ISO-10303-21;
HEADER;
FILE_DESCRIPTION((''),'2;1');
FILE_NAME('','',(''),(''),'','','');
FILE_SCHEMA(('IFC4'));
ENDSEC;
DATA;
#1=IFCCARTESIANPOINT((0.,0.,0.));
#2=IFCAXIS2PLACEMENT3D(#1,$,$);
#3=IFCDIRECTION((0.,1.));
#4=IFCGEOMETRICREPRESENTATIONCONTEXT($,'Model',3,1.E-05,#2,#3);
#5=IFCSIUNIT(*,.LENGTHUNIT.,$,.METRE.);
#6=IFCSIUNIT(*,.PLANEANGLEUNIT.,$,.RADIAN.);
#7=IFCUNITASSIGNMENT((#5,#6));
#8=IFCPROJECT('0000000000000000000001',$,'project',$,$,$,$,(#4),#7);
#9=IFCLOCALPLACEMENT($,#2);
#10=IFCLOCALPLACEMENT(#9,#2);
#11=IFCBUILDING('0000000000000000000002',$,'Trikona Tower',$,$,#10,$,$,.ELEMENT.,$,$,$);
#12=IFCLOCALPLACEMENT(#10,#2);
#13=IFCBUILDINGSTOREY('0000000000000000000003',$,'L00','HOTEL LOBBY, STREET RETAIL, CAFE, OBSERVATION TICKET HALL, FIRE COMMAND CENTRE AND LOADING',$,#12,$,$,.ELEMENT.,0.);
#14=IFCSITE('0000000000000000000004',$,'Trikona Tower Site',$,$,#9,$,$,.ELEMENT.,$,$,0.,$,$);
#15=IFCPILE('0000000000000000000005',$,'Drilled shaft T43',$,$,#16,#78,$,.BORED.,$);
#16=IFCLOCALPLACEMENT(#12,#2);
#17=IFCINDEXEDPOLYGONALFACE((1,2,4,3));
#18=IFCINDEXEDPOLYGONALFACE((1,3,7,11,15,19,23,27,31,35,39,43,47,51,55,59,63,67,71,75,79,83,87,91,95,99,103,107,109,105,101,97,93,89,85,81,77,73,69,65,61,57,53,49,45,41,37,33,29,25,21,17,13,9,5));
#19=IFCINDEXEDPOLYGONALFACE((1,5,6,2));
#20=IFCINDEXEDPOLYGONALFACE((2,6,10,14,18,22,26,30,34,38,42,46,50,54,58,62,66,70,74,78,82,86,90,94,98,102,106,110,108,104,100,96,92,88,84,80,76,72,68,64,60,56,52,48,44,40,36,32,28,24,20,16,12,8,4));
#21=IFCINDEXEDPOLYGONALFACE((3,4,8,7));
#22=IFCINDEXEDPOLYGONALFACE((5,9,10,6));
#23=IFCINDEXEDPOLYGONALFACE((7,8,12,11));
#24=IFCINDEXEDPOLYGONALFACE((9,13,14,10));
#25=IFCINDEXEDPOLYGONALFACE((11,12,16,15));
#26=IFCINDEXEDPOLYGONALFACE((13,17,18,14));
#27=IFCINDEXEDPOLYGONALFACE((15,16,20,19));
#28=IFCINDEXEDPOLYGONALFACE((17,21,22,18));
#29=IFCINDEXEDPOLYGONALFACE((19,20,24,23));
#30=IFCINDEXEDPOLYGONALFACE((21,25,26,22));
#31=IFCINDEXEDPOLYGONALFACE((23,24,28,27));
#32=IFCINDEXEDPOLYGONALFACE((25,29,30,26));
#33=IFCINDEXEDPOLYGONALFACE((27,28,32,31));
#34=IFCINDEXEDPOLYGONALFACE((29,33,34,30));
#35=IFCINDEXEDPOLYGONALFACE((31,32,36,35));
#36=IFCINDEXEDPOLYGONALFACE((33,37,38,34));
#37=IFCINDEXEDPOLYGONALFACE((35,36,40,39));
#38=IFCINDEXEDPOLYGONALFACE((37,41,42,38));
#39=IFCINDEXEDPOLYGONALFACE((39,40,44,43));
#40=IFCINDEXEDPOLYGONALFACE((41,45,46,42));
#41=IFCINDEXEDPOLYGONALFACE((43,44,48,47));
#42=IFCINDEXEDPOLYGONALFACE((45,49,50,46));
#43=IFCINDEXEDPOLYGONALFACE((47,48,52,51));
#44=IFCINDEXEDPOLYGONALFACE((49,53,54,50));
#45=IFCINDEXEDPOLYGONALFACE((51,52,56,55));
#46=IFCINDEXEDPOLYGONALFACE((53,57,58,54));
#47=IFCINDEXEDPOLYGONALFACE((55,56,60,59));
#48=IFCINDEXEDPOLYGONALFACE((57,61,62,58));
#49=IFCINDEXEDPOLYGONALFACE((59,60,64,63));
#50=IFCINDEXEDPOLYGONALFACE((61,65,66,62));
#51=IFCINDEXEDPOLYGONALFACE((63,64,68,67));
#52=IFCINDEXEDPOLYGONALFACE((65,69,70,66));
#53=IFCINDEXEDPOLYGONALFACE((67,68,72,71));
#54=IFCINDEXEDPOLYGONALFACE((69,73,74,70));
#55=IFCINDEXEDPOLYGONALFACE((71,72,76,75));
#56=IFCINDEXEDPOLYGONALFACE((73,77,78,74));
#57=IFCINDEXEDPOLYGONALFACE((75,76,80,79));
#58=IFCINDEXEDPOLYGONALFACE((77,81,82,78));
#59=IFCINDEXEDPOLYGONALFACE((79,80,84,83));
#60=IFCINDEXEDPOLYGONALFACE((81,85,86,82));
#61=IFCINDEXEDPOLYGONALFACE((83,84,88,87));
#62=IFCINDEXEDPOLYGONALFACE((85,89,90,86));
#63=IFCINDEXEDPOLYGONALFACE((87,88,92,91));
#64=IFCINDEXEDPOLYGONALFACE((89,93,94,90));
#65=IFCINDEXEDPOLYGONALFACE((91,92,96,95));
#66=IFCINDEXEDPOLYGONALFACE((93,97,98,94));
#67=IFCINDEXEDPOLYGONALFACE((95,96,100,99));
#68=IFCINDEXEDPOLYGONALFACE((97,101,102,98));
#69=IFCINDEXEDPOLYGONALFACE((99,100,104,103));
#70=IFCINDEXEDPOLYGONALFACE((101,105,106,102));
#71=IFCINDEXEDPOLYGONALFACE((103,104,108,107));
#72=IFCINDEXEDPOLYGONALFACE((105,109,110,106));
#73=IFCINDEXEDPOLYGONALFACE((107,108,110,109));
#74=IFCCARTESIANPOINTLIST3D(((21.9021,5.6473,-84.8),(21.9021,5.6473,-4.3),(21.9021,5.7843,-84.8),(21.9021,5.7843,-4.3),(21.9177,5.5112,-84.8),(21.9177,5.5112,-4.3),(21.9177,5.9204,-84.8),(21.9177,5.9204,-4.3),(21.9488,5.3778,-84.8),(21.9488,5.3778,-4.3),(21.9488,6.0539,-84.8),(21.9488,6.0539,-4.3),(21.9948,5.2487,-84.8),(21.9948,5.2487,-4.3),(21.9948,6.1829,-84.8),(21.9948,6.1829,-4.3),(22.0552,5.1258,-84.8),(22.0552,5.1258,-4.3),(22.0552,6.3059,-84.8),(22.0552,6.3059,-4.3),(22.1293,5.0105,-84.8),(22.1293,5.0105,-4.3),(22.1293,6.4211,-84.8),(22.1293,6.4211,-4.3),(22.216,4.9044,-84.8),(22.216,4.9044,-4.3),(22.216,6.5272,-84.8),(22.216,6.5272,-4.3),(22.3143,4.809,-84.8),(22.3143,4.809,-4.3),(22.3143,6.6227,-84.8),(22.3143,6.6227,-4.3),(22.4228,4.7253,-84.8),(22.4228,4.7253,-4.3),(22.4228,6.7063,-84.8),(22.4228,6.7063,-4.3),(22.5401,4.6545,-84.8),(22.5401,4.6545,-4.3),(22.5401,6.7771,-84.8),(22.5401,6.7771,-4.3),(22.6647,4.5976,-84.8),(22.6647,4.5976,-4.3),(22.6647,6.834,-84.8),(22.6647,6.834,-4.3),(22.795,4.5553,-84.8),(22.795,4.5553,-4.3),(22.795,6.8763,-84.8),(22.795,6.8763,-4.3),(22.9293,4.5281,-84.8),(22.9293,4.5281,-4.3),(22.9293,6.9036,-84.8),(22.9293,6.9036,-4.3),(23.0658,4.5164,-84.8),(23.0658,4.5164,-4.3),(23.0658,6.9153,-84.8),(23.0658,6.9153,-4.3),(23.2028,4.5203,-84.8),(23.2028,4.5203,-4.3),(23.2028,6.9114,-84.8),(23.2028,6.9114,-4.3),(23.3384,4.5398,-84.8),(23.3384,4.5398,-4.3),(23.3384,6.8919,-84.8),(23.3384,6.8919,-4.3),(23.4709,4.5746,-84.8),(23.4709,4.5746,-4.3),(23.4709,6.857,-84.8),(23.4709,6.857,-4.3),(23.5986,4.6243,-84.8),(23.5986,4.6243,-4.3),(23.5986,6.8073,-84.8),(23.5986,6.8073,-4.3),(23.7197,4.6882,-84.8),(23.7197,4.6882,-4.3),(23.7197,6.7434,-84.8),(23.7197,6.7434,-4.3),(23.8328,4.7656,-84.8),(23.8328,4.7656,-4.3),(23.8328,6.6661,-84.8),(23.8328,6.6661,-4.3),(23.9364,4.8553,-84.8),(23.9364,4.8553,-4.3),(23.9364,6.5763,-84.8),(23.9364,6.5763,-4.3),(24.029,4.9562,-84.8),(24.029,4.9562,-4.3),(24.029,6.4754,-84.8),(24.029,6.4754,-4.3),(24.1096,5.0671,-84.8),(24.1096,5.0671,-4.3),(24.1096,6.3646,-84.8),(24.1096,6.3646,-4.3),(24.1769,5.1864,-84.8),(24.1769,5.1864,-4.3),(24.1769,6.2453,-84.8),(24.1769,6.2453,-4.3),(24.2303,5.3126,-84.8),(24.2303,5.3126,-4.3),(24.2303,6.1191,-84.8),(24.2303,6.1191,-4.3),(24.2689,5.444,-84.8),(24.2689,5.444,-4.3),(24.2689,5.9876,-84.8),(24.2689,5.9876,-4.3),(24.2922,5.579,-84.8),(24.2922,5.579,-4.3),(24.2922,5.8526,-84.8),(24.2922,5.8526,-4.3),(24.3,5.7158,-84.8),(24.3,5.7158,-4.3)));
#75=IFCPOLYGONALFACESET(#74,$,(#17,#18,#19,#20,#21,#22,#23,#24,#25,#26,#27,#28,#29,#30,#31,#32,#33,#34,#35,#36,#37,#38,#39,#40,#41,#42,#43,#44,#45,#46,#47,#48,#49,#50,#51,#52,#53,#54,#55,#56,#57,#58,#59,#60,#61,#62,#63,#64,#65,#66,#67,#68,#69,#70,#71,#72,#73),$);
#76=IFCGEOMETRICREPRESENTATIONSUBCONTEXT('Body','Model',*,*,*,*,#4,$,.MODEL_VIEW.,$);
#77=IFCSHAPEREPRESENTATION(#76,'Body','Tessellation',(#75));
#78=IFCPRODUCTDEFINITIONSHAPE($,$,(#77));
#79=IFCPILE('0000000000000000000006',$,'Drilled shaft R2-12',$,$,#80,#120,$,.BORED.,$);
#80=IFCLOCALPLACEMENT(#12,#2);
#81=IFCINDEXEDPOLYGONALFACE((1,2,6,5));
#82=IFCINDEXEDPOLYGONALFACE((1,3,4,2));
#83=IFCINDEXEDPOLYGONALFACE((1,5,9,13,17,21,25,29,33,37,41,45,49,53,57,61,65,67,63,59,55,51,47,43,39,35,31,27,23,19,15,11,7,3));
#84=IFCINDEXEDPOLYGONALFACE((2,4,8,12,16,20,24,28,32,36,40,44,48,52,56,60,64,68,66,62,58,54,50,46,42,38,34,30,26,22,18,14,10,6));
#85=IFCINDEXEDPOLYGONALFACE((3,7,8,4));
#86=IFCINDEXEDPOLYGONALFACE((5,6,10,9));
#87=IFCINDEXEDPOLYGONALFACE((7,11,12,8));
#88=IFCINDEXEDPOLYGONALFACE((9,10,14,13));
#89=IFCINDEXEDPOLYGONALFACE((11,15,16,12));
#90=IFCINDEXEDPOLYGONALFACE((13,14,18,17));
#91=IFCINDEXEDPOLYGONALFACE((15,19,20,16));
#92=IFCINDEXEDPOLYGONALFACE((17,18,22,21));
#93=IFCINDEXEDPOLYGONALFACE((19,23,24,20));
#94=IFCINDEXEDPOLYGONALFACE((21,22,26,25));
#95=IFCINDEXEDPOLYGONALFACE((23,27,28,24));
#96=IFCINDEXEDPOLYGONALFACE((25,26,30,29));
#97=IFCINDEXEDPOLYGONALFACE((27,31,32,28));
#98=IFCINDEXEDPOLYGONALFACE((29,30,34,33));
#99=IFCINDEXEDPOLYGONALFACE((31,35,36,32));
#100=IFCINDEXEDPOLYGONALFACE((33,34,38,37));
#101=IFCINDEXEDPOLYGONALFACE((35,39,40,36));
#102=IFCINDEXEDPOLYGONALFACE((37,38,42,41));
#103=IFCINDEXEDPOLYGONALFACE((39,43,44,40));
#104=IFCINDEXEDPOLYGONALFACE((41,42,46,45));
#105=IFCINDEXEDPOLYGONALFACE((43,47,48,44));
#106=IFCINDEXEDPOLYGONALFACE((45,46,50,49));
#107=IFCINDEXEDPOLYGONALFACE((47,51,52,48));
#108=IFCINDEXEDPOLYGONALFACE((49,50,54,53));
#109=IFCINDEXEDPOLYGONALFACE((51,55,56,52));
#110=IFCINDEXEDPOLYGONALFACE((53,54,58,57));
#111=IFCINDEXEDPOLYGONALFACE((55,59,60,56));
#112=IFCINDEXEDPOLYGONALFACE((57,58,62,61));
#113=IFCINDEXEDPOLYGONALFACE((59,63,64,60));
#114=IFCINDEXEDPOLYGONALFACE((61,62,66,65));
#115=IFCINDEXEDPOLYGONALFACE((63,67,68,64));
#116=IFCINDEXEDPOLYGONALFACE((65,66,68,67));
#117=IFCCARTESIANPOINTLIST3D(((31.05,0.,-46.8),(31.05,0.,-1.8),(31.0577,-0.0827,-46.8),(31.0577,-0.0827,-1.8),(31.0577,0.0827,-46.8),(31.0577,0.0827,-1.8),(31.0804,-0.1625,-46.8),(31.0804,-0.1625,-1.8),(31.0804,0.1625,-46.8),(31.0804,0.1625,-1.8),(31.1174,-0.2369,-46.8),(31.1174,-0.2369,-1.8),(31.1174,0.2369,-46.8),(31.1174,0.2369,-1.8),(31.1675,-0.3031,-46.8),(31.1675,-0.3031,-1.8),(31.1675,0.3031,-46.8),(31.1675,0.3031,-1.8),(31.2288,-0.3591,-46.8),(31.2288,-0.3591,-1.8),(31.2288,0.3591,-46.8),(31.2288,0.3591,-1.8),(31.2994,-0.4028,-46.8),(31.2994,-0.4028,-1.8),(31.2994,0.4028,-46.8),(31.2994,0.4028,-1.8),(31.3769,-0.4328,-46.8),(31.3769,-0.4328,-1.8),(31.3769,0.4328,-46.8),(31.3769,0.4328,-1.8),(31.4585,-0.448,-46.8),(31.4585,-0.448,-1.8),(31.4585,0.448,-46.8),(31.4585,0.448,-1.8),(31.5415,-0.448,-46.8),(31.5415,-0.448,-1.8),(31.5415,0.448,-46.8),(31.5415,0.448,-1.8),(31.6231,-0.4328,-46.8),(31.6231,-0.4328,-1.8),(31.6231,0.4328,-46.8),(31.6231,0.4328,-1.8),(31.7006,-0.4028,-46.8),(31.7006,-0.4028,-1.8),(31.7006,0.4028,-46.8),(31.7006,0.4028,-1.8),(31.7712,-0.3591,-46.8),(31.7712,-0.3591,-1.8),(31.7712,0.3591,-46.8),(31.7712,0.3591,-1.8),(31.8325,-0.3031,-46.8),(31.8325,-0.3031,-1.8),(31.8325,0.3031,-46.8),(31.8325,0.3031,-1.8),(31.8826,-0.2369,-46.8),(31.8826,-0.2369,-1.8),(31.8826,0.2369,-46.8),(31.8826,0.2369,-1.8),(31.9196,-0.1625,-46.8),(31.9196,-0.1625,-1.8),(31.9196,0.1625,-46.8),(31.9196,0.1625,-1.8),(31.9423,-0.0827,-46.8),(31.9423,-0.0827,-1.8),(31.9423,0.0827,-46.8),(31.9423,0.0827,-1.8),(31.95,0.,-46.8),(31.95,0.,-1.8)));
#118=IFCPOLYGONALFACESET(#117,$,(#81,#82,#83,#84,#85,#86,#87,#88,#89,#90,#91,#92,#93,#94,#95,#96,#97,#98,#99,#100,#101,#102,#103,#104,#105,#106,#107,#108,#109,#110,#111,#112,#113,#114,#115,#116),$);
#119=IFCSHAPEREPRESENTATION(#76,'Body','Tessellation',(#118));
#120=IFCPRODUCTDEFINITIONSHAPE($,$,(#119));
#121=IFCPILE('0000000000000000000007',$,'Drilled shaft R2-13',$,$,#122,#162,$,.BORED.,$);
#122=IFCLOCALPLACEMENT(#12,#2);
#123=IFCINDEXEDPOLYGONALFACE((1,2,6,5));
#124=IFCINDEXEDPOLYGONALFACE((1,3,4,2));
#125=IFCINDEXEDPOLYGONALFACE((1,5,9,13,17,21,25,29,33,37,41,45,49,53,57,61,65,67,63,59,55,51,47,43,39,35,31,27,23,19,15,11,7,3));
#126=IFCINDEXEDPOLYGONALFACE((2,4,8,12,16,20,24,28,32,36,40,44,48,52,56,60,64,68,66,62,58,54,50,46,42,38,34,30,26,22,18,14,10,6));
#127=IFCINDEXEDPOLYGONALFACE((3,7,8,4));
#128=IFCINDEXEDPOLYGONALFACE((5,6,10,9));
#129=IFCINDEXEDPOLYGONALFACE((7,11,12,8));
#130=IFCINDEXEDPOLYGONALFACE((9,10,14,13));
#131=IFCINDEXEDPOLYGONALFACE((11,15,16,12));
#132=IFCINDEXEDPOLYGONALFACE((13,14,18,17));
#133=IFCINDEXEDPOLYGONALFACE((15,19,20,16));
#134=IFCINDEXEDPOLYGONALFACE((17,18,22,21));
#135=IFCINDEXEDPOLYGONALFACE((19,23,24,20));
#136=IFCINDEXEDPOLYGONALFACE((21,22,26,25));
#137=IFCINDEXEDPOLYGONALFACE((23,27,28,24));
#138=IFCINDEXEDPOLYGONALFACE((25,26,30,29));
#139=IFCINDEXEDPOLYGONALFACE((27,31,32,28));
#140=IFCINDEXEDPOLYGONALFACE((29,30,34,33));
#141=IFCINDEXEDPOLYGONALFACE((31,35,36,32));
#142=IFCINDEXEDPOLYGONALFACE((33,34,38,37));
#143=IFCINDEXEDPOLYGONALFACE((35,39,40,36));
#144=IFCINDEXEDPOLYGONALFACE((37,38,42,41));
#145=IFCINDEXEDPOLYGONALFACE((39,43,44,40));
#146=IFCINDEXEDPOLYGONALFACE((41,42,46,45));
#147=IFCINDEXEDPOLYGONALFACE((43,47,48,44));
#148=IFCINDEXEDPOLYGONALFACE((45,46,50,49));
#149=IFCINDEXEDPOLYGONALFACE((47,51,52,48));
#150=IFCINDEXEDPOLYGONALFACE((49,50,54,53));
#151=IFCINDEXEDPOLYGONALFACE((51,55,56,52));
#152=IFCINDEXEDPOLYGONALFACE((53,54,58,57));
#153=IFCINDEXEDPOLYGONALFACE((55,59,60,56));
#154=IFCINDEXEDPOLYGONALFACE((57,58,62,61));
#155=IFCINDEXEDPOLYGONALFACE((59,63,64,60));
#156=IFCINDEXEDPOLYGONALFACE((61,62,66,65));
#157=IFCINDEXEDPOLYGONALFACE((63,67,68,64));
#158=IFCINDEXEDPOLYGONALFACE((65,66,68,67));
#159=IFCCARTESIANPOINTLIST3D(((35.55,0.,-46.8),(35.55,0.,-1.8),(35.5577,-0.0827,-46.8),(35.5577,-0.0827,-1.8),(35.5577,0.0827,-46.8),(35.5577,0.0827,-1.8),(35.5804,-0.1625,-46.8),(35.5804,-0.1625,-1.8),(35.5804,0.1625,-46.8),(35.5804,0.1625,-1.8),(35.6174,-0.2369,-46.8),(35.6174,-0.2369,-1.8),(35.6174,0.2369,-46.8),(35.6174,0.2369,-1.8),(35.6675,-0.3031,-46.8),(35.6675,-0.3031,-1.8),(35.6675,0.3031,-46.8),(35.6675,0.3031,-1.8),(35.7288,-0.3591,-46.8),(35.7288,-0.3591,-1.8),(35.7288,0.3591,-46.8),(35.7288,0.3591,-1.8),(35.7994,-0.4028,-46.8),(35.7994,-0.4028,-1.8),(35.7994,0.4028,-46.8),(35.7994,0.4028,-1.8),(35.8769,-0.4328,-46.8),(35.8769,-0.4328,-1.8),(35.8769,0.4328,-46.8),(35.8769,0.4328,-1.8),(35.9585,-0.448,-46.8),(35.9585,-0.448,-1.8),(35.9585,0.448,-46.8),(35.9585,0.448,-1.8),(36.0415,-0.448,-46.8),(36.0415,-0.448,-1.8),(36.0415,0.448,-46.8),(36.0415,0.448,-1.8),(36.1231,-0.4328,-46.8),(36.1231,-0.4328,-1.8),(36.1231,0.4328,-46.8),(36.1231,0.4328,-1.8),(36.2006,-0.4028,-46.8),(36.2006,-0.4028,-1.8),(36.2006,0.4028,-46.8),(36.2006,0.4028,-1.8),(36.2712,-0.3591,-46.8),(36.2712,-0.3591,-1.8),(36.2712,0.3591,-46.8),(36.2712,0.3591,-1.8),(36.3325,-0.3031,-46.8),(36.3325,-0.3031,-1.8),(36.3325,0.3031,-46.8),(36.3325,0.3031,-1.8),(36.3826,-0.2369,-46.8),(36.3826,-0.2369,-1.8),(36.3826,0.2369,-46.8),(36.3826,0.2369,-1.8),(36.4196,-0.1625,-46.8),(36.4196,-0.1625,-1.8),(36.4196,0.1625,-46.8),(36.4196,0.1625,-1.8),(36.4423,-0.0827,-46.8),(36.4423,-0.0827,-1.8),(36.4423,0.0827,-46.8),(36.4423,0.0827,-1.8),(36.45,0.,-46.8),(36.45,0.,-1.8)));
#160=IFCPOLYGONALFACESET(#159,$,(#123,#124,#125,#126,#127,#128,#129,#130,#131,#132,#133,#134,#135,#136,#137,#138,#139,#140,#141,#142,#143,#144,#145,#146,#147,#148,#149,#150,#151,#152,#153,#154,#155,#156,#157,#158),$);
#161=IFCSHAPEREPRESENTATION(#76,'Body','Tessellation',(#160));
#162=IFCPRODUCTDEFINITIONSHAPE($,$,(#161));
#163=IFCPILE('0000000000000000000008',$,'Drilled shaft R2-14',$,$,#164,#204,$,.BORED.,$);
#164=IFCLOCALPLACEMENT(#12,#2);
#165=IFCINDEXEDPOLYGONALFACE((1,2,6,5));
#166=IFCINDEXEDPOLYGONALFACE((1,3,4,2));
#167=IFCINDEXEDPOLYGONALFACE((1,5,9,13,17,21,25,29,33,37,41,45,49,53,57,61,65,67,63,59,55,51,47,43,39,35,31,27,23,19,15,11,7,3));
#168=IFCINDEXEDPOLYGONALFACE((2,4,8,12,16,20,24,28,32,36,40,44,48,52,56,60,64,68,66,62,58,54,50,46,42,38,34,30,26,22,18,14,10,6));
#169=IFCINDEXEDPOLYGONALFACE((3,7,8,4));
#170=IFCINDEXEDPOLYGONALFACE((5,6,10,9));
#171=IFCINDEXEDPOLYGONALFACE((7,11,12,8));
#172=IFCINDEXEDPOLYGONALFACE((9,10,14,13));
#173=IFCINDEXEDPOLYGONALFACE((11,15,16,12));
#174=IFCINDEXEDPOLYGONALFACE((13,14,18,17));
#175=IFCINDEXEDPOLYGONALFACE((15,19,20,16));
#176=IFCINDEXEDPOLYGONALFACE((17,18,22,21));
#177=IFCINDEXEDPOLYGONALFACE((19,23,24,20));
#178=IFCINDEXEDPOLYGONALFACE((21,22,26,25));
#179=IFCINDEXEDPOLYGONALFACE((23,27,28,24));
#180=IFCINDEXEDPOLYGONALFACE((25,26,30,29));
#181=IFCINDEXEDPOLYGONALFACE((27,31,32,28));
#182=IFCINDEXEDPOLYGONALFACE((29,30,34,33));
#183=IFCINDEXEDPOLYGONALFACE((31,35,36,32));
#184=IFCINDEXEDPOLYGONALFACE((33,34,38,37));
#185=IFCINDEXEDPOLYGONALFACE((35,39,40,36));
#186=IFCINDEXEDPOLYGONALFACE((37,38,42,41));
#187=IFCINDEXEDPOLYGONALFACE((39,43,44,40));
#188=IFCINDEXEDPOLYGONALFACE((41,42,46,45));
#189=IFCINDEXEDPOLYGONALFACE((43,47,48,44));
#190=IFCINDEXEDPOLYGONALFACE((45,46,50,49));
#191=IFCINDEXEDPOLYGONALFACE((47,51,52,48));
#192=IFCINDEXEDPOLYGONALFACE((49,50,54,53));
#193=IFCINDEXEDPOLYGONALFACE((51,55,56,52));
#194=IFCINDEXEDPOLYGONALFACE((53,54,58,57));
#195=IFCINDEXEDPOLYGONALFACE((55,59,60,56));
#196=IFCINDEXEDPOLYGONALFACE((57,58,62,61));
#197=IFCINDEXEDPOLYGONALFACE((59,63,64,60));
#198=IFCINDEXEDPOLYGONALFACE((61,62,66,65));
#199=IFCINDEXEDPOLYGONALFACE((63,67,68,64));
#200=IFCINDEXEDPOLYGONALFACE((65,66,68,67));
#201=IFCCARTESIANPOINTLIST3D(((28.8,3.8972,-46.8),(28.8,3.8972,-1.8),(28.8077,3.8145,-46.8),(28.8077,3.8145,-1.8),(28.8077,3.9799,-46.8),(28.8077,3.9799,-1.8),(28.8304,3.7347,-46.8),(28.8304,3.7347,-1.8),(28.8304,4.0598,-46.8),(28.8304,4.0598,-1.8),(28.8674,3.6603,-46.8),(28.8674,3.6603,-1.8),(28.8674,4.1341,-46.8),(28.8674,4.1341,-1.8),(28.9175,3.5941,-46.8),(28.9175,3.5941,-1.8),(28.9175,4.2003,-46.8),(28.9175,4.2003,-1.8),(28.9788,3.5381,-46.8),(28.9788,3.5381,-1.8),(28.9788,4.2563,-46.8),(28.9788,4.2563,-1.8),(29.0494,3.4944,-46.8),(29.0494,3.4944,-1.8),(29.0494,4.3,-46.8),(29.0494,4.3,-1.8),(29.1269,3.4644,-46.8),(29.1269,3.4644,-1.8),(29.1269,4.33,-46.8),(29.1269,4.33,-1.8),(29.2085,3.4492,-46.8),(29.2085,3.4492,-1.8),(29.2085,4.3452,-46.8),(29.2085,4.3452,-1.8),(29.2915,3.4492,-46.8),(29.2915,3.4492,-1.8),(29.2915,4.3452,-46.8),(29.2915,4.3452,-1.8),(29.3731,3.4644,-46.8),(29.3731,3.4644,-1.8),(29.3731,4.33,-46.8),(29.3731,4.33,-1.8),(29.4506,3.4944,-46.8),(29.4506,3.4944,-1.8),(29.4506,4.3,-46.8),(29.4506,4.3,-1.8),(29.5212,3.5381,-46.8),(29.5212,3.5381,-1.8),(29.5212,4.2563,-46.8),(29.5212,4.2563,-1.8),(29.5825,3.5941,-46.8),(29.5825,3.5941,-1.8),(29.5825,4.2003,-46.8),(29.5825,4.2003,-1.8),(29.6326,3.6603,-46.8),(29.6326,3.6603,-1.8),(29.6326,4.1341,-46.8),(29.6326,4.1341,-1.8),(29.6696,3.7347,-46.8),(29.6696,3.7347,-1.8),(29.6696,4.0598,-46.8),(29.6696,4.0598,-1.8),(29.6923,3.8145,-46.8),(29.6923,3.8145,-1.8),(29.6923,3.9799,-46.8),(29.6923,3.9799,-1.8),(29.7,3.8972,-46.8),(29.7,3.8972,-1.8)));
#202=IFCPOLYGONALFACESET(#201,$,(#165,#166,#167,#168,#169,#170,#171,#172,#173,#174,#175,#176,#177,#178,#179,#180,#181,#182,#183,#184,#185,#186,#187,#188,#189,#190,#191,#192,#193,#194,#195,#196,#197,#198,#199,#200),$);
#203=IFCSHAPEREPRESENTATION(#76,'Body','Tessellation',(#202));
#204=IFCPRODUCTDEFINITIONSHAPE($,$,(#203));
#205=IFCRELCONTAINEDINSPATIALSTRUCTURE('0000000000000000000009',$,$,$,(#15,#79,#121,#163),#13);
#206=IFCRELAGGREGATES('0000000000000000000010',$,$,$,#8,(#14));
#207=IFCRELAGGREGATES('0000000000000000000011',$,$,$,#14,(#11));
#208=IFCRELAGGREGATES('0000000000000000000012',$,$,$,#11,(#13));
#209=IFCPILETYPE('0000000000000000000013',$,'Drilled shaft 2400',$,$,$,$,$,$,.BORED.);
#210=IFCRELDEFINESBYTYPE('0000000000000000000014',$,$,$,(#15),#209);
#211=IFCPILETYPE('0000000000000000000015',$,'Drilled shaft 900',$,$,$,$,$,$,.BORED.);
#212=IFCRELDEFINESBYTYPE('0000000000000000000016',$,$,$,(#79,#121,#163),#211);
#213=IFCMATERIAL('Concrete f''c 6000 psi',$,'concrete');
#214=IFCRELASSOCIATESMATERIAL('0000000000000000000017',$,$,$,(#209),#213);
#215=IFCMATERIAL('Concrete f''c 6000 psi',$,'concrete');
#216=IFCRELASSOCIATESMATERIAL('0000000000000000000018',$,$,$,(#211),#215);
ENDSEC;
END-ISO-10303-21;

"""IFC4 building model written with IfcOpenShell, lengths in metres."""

from ifc_helpers import new_model, si_unit, direction, frame, origin, origin_2d, place, context, subcontext, project, spatial, circle, extrude, material, type_object, element, save


model = new_model("IFC4")

# Units and contexts
model_context = context("Model", 3, precision=1e-05, world=origin(), true_north=direction((0.0, 1.0)))
body_context = subcontext(model_context, "Body", "Model", "MODEL_VIEW")
ifc_project = project(units=[si_unit("LENGTHUNIT", "METRE"), si_unit("PLANEANGLEUNIT", "RADIAN")], contexts=[model_context])

# Site, building, storey
site_placement = place(None, origin())
site = spatial("IfcSite", under=ifc_project, at=site_placement, Name="Trikona Tower Site", CompositionType="ELEMENT", RefElevation=0.0)
building_placement = place(site_placement, origin())
building = spatial("IfcBuilding", under=site, at=building_placement, Name="Trikona Tower", CompositionType="ELEMENT")
storey_placement = place(building_placement, origin())
storey = spatial("IfcBuildingStorey", under=building, at=storey_placement, Name="L00", Description="HOTEL LOBBY, STREET RETAIL, CAFE, OBSERVATION TICKET HALL, FIRE COMMAND CENTRE AND LOADING", CompositionType="ELEMENT", Elevation=0.0)

# Piles
ifc_material_1 = material(Name="Concrete f'c 6000 psi", Category="concrete")
pile_type_1 = type_object("IfcPileType", Name="Drilled shaft 2400", PredefinedType="BORED", material=ifc_material_1)
pile_placement = place(storey_placement, frame((23.1001, 5.7158, -4.3), z_axis=(0.0, 0.0, -1.0), x_axis=(1.0, 0.0, 0.0)))
element("IfcPile", 1, at=pile_placement, inside=storey, type_object=pile_type_1, Name="Drilled shaft T43", PredefinedType="BORED", context=body_context, shape_type="SweptSolid", body=[
    extrude(circle(Radius=1.2, at=origin_2d()), origin(), (0.0, 0.0, 1.0), 80.5),
])
ifc_material_2 = material(Name="Concrete f'c 6000 psi", Category="concrete")
pile_type_2 = type_object("IfcPileType", Name="Drilled shaft 900", PredefinedType="BORED", material=ifc_material_2)
for number, where, z_axis, x_axis, name in (
    (2, (31.5, 0.0, -1.8), (0.0, 0.0, -1.0), (1.0, 0.0, 0.0), "Drilled shaft R2-12"),
    (3, (36.0, 0.0, -1.8), (0.0, 0.0, -1.0), (1.0, 0.0, 0.0), "Drilled shaft R2-13"),
    (4, (29.25, 3.8972, -1.8), (0.0, 0.0, -1.0), (1.0, 0.0, 0.0), "Drilled shaft R2-14"),
):
    element("IfcPile", number, at=place(storey_placement, frame(where, z_axis=z_axis, x_axis=x_axis)), inside=storey, type_object=pile_type_2, Name=name, PredefinedType="BORED", context=body_context, shape_type="SweptSolid", body=[
        extrude(circle(Radius=0.45, at=origin_2d()), origin(), (0.0, 0.0, 1.0), 45.0),
    ])

save(model, "model.ifc")
